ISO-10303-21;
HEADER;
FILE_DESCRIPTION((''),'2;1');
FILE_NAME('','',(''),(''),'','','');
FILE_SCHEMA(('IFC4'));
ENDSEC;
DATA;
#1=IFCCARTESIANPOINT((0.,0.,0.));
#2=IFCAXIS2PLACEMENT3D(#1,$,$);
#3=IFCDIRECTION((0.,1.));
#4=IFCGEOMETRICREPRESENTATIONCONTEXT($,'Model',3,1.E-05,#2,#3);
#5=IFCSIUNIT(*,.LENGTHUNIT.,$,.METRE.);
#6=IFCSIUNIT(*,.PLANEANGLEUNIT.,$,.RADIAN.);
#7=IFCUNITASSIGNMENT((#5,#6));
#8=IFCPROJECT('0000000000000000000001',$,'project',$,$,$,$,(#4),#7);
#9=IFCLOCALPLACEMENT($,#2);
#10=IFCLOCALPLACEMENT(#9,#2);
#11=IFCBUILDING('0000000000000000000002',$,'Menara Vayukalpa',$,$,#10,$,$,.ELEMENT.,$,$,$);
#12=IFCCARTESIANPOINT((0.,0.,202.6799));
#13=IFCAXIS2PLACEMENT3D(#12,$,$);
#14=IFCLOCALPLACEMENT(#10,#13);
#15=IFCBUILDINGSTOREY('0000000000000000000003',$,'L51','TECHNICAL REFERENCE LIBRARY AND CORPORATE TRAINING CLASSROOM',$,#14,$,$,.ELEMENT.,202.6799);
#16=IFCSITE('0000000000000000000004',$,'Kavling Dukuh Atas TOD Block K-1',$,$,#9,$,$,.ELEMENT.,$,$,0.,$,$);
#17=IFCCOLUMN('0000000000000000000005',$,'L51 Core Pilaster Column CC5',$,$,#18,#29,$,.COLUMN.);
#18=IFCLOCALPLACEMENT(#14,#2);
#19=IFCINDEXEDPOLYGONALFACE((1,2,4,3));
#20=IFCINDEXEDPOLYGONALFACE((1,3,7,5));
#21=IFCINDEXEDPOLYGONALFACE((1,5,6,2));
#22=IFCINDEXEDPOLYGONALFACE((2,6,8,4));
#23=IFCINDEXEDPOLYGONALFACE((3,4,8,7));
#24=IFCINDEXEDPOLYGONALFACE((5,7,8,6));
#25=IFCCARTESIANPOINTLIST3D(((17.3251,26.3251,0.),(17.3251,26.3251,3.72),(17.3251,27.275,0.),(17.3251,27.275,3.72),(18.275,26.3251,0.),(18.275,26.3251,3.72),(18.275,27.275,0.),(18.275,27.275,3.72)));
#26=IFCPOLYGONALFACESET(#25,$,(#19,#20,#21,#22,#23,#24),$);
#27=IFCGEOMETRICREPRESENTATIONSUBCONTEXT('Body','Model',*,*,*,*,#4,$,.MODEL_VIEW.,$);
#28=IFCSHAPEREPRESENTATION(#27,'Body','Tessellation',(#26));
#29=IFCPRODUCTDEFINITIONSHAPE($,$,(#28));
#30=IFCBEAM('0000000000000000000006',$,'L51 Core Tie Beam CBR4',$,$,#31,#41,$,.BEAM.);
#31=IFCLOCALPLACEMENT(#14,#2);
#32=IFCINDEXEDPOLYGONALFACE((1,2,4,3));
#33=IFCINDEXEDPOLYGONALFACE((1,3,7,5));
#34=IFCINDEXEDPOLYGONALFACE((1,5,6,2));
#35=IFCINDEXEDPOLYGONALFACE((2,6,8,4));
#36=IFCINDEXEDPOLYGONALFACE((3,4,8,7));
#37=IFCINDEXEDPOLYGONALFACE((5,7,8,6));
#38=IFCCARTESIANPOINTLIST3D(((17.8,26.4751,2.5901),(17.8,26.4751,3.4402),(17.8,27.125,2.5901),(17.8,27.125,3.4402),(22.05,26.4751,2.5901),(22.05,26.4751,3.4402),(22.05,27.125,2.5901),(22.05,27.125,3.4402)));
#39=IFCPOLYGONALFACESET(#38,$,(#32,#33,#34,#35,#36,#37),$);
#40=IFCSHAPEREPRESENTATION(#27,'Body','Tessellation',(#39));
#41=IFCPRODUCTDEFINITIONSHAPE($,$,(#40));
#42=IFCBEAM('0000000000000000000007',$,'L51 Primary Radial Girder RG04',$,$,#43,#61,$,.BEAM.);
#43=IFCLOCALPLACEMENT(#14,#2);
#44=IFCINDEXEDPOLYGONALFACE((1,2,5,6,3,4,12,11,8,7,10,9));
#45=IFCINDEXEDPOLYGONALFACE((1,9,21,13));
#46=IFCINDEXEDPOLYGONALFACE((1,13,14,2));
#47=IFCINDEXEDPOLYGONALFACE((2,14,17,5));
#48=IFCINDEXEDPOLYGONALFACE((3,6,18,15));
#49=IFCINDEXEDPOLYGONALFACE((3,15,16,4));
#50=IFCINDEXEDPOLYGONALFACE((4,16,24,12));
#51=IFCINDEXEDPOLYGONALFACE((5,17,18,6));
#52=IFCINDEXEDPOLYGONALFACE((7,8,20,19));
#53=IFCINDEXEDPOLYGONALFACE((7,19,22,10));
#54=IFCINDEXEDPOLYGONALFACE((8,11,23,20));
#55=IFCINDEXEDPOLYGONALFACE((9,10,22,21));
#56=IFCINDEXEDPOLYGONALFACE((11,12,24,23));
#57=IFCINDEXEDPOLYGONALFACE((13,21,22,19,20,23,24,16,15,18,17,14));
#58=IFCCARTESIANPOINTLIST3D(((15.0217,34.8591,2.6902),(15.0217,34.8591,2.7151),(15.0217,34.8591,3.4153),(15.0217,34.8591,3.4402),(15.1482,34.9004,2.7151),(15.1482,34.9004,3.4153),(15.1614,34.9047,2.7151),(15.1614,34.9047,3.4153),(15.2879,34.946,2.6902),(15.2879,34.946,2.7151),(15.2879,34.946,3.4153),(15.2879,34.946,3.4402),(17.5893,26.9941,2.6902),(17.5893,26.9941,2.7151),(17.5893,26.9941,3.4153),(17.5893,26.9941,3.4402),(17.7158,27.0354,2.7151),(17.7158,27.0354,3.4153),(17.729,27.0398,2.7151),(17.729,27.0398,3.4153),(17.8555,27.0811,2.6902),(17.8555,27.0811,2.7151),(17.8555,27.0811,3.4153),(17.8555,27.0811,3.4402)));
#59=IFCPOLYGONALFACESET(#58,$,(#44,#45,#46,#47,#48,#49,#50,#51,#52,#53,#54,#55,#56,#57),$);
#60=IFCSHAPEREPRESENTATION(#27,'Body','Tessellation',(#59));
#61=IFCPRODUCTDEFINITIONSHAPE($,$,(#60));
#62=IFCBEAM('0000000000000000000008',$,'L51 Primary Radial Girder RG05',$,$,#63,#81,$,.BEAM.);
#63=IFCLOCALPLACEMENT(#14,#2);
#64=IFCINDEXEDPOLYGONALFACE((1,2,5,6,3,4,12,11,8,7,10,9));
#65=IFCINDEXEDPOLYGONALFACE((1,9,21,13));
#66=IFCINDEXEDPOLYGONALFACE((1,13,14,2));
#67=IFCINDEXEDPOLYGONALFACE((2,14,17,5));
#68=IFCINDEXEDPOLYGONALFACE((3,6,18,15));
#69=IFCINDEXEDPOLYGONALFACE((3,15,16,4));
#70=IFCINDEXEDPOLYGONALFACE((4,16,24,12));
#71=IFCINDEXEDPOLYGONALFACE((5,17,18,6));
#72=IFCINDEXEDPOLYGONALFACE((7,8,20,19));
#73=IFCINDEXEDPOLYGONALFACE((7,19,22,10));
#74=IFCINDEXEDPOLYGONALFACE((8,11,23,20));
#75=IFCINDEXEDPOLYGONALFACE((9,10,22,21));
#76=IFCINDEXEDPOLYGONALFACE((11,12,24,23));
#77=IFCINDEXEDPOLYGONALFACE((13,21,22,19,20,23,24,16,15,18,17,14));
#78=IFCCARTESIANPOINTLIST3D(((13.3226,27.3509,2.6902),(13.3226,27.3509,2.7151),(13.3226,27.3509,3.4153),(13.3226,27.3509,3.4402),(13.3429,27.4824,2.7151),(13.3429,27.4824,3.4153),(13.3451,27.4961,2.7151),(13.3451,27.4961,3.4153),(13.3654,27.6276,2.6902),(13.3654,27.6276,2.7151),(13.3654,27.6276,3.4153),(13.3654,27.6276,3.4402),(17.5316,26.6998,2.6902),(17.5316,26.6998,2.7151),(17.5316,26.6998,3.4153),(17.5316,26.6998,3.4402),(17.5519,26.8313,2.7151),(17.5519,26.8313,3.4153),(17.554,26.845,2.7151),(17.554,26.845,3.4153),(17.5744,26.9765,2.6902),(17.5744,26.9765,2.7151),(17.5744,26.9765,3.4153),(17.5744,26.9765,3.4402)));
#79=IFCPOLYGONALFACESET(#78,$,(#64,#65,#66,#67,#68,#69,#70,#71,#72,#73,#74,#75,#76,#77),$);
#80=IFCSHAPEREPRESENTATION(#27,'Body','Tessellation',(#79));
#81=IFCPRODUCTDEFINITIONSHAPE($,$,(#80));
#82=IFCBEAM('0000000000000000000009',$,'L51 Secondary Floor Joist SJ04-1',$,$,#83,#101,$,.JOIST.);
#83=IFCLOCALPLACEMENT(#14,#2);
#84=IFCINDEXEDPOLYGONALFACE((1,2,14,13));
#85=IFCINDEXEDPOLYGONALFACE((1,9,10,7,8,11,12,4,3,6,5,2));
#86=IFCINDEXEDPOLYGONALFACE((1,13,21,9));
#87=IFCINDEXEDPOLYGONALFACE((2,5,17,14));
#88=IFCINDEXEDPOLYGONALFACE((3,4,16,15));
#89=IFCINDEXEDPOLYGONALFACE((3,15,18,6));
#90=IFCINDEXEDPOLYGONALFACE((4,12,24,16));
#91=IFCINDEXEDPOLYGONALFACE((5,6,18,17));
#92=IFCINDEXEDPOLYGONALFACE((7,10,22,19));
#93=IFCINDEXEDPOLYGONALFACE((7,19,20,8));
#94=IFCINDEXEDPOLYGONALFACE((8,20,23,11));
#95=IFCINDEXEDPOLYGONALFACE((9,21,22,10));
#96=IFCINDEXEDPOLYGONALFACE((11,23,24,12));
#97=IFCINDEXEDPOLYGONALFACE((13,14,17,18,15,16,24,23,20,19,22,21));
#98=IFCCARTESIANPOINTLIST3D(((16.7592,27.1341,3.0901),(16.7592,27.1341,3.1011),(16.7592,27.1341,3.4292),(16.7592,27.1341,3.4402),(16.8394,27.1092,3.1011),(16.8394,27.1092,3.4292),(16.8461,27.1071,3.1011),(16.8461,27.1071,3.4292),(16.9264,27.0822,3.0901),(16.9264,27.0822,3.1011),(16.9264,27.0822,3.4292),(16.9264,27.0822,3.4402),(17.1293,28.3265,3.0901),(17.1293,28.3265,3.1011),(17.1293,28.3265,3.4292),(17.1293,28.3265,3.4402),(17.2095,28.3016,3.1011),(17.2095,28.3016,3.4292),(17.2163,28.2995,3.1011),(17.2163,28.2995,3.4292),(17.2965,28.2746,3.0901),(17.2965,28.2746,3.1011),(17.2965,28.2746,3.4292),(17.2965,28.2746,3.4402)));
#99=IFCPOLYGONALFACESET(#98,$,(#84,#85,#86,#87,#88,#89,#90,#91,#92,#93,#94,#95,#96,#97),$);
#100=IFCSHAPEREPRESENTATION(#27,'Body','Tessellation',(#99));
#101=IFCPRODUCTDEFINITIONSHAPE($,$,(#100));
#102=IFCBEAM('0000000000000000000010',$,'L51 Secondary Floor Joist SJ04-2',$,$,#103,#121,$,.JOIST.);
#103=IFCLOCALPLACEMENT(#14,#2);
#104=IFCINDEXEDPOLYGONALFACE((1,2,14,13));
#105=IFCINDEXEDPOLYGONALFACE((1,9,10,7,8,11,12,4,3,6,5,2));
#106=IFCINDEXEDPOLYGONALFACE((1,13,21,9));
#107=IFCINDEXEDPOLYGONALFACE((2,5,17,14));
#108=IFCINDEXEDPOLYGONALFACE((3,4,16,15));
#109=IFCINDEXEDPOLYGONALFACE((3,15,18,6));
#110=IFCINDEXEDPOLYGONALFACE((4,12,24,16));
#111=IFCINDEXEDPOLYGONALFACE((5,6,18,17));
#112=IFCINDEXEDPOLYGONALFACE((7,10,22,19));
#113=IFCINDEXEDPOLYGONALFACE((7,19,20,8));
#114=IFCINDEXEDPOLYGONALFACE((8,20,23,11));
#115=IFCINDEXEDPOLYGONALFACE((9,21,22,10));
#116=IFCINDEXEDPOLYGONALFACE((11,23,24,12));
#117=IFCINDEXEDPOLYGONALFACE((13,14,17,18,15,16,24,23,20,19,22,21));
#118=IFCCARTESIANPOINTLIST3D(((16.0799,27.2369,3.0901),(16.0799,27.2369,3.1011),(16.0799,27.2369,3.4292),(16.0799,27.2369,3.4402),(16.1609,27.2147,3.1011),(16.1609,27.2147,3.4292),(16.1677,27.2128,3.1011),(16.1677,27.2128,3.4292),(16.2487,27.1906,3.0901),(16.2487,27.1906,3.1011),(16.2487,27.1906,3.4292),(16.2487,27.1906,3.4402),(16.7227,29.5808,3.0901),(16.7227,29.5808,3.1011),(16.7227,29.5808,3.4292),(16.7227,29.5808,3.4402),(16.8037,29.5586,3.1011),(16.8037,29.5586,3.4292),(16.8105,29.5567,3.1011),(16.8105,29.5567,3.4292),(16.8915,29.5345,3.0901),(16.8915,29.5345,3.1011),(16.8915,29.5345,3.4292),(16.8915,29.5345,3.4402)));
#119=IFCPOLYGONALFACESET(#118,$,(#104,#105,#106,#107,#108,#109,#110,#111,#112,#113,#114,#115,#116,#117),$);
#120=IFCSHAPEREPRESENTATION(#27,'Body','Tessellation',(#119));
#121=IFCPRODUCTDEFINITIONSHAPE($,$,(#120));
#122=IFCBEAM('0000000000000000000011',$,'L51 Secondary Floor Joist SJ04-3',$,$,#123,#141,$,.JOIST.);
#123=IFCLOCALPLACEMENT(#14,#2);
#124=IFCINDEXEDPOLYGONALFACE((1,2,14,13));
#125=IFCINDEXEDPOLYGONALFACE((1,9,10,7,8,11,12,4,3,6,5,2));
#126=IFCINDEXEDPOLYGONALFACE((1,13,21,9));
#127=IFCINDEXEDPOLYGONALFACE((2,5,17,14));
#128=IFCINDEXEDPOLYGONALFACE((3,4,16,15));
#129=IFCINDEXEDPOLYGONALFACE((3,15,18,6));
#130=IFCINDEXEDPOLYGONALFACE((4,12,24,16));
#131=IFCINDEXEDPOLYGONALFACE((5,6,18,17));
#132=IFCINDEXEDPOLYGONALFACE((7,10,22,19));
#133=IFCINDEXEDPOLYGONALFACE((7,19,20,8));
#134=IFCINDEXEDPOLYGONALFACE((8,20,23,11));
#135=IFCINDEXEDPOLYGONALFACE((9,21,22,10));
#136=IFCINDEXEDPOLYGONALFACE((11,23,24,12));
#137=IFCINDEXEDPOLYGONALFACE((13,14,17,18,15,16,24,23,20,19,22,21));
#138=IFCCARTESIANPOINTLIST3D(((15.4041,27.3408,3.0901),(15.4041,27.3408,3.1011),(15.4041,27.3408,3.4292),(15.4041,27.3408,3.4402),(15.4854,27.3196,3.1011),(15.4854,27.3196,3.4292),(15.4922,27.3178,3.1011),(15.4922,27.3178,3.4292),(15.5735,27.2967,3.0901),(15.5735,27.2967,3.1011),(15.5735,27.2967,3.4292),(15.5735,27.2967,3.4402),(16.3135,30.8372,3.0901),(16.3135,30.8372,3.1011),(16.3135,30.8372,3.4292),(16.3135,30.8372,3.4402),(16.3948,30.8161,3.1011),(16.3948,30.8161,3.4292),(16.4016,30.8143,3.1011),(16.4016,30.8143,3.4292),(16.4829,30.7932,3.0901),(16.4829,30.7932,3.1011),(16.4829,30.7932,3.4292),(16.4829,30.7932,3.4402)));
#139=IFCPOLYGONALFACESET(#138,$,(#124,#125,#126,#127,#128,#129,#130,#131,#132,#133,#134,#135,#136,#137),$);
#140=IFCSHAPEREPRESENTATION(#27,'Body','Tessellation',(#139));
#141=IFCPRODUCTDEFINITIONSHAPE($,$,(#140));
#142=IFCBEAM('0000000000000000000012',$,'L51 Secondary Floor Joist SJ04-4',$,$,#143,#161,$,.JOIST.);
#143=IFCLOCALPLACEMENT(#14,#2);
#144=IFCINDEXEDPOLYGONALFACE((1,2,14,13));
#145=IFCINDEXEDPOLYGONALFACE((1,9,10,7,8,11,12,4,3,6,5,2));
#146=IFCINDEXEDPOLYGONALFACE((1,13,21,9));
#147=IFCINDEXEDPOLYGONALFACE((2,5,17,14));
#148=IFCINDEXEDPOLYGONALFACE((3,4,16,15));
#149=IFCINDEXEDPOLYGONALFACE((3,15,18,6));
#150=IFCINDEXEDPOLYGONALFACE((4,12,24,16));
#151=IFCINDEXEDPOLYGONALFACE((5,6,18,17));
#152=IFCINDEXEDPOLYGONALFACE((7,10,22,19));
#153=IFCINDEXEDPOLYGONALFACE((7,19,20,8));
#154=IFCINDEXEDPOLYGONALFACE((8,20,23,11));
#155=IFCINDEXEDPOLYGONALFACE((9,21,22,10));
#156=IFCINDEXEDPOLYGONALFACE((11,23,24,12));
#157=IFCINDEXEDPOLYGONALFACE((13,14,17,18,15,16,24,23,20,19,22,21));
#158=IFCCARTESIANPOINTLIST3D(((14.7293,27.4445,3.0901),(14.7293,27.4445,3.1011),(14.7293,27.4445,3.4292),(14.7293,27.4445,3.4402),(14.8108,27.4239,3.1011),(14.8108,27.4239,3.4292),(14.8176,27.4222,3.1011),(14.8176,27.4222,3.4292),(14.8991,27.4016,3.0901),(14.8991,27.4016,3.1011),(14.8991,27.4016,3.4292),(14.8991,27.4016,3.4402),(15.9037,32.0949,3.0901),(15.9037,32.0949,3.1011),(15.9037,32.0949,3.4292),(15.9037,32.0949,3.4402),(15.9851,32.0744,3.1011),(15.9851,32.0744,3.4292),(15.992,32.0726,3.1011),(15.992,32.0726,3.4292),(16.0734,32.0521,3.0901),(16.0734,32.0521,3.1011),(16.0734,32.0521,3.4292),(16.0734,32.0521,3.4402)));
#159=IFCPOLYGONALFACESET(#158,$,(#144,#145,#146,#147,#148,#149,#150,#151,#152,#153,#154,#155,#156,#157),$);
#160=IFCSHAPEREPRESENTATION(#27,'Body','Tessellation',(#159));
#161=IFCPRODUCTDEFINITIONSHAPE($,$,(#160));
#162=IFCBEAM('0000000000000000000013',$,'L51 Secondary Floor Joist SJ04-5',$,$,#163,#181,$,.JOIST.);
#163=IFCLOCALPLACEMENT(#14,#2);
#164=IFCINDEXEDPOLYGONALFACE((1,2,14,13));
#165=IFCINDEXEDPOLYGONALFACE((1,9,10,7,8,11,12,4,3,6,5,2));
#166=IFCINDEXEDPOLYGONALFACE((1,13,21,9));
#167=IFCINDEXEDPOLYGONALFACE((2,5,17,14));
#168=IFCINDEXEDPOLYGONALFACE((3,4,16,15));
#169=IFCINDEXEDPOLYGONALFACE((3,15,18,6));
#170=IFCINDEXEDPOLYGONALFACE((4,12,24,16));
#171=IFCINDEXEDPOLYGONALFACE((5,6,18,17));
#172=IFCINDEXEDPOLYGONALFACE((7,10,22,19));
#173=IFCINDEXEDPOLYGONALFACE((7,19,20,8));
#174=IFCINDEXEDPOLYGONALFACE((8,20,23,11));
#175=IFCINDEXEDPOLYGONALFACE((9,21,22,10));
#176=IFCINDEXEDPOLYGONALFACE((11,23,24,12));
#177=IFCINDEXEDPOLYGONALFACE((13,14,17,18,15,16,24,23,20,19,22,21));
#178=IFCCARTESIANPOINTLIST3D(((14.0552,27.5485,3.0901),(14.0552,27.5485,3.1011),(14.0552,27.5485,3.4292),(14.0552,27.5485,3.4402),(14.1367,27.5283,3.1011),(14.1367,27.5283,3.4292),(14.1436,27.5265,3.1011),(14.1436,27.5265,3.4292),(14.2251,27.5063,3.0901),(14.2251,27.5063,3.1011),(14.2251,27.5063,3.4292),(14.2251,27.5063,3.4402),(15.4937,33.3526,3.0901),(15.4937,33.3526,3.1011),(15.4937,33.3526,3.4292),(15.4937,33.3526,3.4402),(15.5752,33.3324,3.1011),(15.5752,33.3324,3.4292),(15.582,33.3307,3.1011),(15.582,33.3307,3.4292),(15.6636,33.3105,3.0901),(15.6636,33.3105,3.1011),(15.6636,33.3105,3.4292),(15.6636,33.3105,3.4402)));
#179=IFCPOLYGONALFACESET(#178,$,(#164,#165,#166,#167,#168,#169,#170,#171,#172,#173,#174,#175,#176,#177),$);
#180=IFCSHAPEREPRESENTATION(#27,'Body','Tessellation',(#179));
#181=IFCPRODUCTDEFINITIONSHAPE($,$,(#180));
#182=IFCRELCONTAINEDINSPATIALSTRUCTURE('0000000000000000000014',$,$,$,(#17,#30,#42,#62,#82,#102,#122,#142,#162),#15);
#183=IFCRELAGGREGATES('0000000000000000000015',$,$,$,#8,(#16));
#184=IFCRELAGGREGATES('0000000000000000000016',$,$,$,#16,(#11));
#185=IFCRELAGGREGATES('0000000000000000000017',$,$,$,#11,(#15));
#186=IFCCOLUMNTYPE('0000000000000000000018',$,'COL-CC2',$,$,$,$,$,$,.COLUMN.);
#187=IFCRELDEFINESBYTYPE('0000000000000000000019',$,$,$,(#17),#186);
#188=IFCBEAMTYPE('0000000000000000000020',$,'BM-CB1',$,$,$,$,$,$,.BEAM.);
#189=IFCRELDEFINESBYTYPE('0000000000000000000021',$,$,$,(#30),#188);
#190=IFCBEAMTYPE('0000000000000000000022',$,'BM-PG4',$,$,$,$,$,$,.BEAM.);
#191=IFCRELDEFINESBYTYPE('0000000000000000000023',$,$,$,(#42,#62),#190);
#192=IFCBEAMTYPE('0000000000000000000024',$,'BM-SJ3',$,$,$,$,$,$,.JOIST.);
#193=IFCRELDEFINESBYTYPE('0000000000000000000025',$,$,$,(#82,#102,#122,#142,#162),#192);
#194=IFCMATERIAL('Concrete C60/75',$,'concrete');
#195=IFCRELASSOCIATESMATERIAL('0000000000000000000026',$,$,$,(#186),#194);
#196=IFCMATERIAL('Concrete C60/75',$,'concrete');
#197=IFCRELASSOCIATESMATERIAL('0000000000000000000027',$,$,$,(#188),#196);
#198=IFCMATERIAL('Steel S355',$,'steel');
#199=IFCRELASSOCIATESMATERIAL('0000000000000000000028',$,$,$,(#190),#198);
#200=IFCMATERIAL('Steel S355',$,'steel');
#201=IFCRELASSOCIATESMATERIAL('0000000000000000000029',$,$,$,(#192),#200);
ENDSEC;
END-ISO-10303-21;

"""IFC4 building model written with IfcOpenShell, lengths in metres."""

from ifc_helpers import new_model, si_unit, direction, frame, origin, origin_2d, place, context, subcontext, project, spatial, rectangle, i_section, extrude, material, material_profile, profile_set, type_object, element, save


model = new_model("IFC4")

# Units and contexts
model_context = context("Model", 3, precision=1e-05, world=origin(), true_north=direction((0.0, 1.0)))
body_context = subcontext(model_context, "Body", "Model", "MODEL_VIEW")
ifc_project = project(units=[si_unit("LENGTHUNIT", "METRE"), si_unit("PLANEANGLEUNIT", "RADIAN")], contexts=[model_context])

# Site, building, storey
site_placement = place(None, origin())
site = spatial("IfcSite", under=ifc_project, at=site_placement, Name="Kavling Dukuh Atas TOD Block K-1", CompositionType="ELEMENT", RefElevation=0.0)
building_placement = place(site_placement, origin())
building = spatial("IfcBuilding", under=site, at=building_placement, Name="Menara Vayukalpa", CompositionType="ELEMENT")
storey_placement = place(building_placement, frame((0.0, 0.0, 202.6799)))
storey = spatial("IfcBuildingStorey", under=building, at=storey_placement, Name="L51", Description="TECHNICAL REFERENCE LIBRARY AND CORPORATE TRAINING CLASSROOM", CompositionType="ELEMENT", Elevation=202.6799)

# Column
ifc_material_1 = material(Name="Concrete C60/75", Category="concrete")
ifc_material_profile_1 = material_profile(ifc_material_1, rectangle(XDim=0.95, YDim=0.95, at=origin_2d()), Name="RC 950x950")
ifc_profile_set_1 = profile_set([ifc_material_profile_1], Name="Concrete C60/75")
column_type = type_object("IfcColumnType", Name="COL-CC2", PredefinedType="COLUMN", material=ifc_profile_set_1)
column_placement = place(storey_placement, frame((17.8, 26.8, 0.0), z_axis=(0.0, 0.0, 1.0), x_axis=(1.0, 0.0, 0.0)))
element("IfcColumn", 1, at=column_placement, inside=storey, type_object=column_type, Name="L51 Core Pilaster Column CC5", PredefinedType="COLUMN", context=body_context, shape_type="SweptSolid", body=[
    extrude(rectangle(XDim=0.95, YDim=0.95, at=origin_2d()), origin(), (0.0, 0.0, 1.0), 3.72),
])

# Beams
ifc_material_2 = material(Name="Concrete C60/75", Category="concrete")
ifc_material_profile_2 = material_profile(ifc_material_2, rectangle(XDim=0.6499, YDim=0.8501, at=origin_2d()), Name="RC 650x850")
ifc_profile_set_2 = profile_set([ifc_material_profile_2], Name="Concrete C60/75")
beam_type_1 = type_object("IfcBeamType", Name="BM-CB1", PredefinedType="BEAM", material=ifc_profile_set_2)
beam_1_placement = place(storey_placement, frame((17.8, 26.8, 3.0151), z_axis=(1.0, 0.0, 0.0), x_axis=(0.0, 1.0, 0.0)))
element("IfcBeam", 2, at=beam_1_placement, inside=storey, type_object=beam_type_1, Name="L51 Core Tie Beam CBR4", PredefinedType="BEAM", context=body_context, shape_type="SweptSolid", body=[
    extrude(rectangle(XDim=0.6499, YDim=0.8501, at=origin_2d()), origin(), (0.0, 0.0, 1.0), 4.25),
])
ifc_material_3 = material(Name="Steel S355", Category="steel")
ifc_material_profile_3 = material_profile(ifc_material_3, i_section(OverallWidth=0.28, OverallDepth=0.75, WebThickness=0.0139, FlangeThickness=0.0249, at=origin_2d()), Name="WF 750x280x14x25")
ifc_profile_set_3 = profile_set([ifc_material_profile_3], Name="Steel S355")
beam_type_2 = type_object("IfcBeamType", Name="BM-PG4", PredefinedType="BEAM", material=ifc_profile_set_3)
beam_2_placement = place(storey_placement, frame((17.7224, 27.0376, 3.0652), z_axis=(-0.310344, 0.950624, 0.0), x_axis=(-0.950624, -0.310344, 0.0)))
element("IfcBeam", 3, at=beam_2_placement, inside=storey, type_object=beam_type_2, Name="L51 Primary Radial Girder RG04", PredefinedType="BEAM", context=body_context, shape_type="SweptSolid", body=[
    extrude(i_section(OverallWidth=0.28, OverallDepth=0.75, WebThickness=0.0139, FlangeThickness=0.0249, at=origin_2d()), origin(), (0.0, 0.0, 1.0), 8.2734),
])
beam_3_placement = place(storey_placement, frame((17.553, 26.8381, 3.0652), z_axis=(-0.988245, 0.15288, 0.0), x_axis=(-0.15288, -0.988245, 0.0)))
element("IfcBeam", 4, at=beam_3_placement, inside=storey, type_object=beam_type_2, Name="L51 Primary Radial Girder RG05", PredefinedType="BEAM", context=body_context, shape_type="SweptSolid", body=[
    extrude(i_section(OverallWidth=0.28, OverallDepth=0.75, WebThickness=0.0139, FlangeThickness=0.0249, at=origin_2d()), origin(), (0.0, 0.0, 1.0), 4.259),
])
ifc_material_4 = material(Name="Steel S355", Category="steel")
ifc_material_profile_4 = material_profile(ifc_material_4, i_section(OverallWidth=0.175, OverallDepth=0.3501, WebThickness=0.0071, FlangeThickness=0.011, at=origin_2d()), Name="WF 350x175x7x11")
ifc_profile_set_4 = profile_set([ifc_material_profile_4], Name="Steel S355")
beam_type_3 = type_object("IfcBeamType", Name="BM-SJ3", PredefinedType="JOIST", material=ifc_profile_set_4)
beam_4_placement = place(storey_placement, frame((17.2129, 28.3005, 3.2651), z_axis=(-0.296448, -0.955049, 0.0), x_axis=(0.955049, -0.296448, 0.0)))
element("IfcBeam", 5, at=beam_4_placement, inside=storey, type_object=beam_type_3, Name="L51 Secondary Floor Joist SJ04-1", PredefinedType="JOIST", context=body_context, shape_type="SweptSolid", body=[
    extrude(i_section(OverallWidth=0.175, OverallDepth=0.3501, WebThickness=0.0071, FlangeThickness=0.011, at=origin_2d()), origin(), (0.0, 0.0, 1.0), 1.2485),
])
beam_5_placement = place(storey_placement, frame((16.8071, 29.5576, 3.2651), z_axis=(-0.264503, -0.964385, 0.0), x_axis=(0.964385, -0.264503, 0.0)))
element("IfcBeam", 6, at=beam_5_placement, inside=storey, type_object=beam_type_3, Name="L51 Secondary Floor Joist SJ04-2", PredefinedType="JOIST", context=body_context, shape_type="SweptSolid", body=[
    extrude(i_section(OverallWidth=0.175, OverallDepth=0.3501, WebThickness=0.0071, FlangeThickness=0.011, at=origin_2d()), origin(), (0.0, 0.0, 1.0), 2.4304),
])
beam_6_placement = place(storey_placement, frame((16.3982, 30.8152, 3.2651), z_axis=(-0.251715, -0.967801, 0.0), x_axis=(0.967801, -0.251715, 0.0)))
element("IfcBeam", 7, at=beam_6_placement, inside=storey, type_object=beam_type_3, Name="L51 Secondary Floor Joist SJ04-3", PredefinedType="JOIST", context=body_context, shape_type="SweptSolid", body=[
    extrude(i_section(OverallWidth=0.175, OverallDepth=0.3501, WebThickness=0.0071, FlangeThickness=0.011, at=origin_2d()), origin(), (0.0, 0.0, 1.0), 3.6128),
])
beam_7_placement = place(storey_placement, frame((15.9885, 32.0735, 3.2651), z_axis=(-0.244834, -0.969565, 0.0), x_axis=(0.969565, -0.244834, 0.0)))
element("IfcBeam", 8, at=beam_7_placement, inside=storey, type_object=beam_type_3, Name="L51 Secondary Floor Joist SJ04-4", PredefinedType="JOIST", context=body_context, shape_type="SweptSolid", body=[
    extrude(i_section(OverallWidth=0.175, OverallDepth=0.3501, WebThickness=0.0071, FlangeThickness=0.011, at=origin_2d()), origin(), (0.0, 0.0, 1.0), 4.7964),
])
beam_8_placement = place(storey_placement, frame((15.5786, 33.3315, 3.2651), z_axis=(-0.240556, -0.970635, 0.0), x_axis=(0.970635, -0.240556, 0.0)))
element("IfcBeam", 9, at=beam_8_placement, inside=storey, type_object=beam_type_3, Name="L51 Secondary Floor Joist SJ04-5", PredefinedType="JOIST", context=body_context, shape_type="SweptSolid", body=[
    extrude(i_section(OverallWidth=0.175, OverallDepth=0.3501, WebThickness=0.0071, FlangeThickness=0.011, at=origin_2d()), origin(), (0.0, 0.0, 1.0), 5.9797),
])

save(model, "model.ifc")
